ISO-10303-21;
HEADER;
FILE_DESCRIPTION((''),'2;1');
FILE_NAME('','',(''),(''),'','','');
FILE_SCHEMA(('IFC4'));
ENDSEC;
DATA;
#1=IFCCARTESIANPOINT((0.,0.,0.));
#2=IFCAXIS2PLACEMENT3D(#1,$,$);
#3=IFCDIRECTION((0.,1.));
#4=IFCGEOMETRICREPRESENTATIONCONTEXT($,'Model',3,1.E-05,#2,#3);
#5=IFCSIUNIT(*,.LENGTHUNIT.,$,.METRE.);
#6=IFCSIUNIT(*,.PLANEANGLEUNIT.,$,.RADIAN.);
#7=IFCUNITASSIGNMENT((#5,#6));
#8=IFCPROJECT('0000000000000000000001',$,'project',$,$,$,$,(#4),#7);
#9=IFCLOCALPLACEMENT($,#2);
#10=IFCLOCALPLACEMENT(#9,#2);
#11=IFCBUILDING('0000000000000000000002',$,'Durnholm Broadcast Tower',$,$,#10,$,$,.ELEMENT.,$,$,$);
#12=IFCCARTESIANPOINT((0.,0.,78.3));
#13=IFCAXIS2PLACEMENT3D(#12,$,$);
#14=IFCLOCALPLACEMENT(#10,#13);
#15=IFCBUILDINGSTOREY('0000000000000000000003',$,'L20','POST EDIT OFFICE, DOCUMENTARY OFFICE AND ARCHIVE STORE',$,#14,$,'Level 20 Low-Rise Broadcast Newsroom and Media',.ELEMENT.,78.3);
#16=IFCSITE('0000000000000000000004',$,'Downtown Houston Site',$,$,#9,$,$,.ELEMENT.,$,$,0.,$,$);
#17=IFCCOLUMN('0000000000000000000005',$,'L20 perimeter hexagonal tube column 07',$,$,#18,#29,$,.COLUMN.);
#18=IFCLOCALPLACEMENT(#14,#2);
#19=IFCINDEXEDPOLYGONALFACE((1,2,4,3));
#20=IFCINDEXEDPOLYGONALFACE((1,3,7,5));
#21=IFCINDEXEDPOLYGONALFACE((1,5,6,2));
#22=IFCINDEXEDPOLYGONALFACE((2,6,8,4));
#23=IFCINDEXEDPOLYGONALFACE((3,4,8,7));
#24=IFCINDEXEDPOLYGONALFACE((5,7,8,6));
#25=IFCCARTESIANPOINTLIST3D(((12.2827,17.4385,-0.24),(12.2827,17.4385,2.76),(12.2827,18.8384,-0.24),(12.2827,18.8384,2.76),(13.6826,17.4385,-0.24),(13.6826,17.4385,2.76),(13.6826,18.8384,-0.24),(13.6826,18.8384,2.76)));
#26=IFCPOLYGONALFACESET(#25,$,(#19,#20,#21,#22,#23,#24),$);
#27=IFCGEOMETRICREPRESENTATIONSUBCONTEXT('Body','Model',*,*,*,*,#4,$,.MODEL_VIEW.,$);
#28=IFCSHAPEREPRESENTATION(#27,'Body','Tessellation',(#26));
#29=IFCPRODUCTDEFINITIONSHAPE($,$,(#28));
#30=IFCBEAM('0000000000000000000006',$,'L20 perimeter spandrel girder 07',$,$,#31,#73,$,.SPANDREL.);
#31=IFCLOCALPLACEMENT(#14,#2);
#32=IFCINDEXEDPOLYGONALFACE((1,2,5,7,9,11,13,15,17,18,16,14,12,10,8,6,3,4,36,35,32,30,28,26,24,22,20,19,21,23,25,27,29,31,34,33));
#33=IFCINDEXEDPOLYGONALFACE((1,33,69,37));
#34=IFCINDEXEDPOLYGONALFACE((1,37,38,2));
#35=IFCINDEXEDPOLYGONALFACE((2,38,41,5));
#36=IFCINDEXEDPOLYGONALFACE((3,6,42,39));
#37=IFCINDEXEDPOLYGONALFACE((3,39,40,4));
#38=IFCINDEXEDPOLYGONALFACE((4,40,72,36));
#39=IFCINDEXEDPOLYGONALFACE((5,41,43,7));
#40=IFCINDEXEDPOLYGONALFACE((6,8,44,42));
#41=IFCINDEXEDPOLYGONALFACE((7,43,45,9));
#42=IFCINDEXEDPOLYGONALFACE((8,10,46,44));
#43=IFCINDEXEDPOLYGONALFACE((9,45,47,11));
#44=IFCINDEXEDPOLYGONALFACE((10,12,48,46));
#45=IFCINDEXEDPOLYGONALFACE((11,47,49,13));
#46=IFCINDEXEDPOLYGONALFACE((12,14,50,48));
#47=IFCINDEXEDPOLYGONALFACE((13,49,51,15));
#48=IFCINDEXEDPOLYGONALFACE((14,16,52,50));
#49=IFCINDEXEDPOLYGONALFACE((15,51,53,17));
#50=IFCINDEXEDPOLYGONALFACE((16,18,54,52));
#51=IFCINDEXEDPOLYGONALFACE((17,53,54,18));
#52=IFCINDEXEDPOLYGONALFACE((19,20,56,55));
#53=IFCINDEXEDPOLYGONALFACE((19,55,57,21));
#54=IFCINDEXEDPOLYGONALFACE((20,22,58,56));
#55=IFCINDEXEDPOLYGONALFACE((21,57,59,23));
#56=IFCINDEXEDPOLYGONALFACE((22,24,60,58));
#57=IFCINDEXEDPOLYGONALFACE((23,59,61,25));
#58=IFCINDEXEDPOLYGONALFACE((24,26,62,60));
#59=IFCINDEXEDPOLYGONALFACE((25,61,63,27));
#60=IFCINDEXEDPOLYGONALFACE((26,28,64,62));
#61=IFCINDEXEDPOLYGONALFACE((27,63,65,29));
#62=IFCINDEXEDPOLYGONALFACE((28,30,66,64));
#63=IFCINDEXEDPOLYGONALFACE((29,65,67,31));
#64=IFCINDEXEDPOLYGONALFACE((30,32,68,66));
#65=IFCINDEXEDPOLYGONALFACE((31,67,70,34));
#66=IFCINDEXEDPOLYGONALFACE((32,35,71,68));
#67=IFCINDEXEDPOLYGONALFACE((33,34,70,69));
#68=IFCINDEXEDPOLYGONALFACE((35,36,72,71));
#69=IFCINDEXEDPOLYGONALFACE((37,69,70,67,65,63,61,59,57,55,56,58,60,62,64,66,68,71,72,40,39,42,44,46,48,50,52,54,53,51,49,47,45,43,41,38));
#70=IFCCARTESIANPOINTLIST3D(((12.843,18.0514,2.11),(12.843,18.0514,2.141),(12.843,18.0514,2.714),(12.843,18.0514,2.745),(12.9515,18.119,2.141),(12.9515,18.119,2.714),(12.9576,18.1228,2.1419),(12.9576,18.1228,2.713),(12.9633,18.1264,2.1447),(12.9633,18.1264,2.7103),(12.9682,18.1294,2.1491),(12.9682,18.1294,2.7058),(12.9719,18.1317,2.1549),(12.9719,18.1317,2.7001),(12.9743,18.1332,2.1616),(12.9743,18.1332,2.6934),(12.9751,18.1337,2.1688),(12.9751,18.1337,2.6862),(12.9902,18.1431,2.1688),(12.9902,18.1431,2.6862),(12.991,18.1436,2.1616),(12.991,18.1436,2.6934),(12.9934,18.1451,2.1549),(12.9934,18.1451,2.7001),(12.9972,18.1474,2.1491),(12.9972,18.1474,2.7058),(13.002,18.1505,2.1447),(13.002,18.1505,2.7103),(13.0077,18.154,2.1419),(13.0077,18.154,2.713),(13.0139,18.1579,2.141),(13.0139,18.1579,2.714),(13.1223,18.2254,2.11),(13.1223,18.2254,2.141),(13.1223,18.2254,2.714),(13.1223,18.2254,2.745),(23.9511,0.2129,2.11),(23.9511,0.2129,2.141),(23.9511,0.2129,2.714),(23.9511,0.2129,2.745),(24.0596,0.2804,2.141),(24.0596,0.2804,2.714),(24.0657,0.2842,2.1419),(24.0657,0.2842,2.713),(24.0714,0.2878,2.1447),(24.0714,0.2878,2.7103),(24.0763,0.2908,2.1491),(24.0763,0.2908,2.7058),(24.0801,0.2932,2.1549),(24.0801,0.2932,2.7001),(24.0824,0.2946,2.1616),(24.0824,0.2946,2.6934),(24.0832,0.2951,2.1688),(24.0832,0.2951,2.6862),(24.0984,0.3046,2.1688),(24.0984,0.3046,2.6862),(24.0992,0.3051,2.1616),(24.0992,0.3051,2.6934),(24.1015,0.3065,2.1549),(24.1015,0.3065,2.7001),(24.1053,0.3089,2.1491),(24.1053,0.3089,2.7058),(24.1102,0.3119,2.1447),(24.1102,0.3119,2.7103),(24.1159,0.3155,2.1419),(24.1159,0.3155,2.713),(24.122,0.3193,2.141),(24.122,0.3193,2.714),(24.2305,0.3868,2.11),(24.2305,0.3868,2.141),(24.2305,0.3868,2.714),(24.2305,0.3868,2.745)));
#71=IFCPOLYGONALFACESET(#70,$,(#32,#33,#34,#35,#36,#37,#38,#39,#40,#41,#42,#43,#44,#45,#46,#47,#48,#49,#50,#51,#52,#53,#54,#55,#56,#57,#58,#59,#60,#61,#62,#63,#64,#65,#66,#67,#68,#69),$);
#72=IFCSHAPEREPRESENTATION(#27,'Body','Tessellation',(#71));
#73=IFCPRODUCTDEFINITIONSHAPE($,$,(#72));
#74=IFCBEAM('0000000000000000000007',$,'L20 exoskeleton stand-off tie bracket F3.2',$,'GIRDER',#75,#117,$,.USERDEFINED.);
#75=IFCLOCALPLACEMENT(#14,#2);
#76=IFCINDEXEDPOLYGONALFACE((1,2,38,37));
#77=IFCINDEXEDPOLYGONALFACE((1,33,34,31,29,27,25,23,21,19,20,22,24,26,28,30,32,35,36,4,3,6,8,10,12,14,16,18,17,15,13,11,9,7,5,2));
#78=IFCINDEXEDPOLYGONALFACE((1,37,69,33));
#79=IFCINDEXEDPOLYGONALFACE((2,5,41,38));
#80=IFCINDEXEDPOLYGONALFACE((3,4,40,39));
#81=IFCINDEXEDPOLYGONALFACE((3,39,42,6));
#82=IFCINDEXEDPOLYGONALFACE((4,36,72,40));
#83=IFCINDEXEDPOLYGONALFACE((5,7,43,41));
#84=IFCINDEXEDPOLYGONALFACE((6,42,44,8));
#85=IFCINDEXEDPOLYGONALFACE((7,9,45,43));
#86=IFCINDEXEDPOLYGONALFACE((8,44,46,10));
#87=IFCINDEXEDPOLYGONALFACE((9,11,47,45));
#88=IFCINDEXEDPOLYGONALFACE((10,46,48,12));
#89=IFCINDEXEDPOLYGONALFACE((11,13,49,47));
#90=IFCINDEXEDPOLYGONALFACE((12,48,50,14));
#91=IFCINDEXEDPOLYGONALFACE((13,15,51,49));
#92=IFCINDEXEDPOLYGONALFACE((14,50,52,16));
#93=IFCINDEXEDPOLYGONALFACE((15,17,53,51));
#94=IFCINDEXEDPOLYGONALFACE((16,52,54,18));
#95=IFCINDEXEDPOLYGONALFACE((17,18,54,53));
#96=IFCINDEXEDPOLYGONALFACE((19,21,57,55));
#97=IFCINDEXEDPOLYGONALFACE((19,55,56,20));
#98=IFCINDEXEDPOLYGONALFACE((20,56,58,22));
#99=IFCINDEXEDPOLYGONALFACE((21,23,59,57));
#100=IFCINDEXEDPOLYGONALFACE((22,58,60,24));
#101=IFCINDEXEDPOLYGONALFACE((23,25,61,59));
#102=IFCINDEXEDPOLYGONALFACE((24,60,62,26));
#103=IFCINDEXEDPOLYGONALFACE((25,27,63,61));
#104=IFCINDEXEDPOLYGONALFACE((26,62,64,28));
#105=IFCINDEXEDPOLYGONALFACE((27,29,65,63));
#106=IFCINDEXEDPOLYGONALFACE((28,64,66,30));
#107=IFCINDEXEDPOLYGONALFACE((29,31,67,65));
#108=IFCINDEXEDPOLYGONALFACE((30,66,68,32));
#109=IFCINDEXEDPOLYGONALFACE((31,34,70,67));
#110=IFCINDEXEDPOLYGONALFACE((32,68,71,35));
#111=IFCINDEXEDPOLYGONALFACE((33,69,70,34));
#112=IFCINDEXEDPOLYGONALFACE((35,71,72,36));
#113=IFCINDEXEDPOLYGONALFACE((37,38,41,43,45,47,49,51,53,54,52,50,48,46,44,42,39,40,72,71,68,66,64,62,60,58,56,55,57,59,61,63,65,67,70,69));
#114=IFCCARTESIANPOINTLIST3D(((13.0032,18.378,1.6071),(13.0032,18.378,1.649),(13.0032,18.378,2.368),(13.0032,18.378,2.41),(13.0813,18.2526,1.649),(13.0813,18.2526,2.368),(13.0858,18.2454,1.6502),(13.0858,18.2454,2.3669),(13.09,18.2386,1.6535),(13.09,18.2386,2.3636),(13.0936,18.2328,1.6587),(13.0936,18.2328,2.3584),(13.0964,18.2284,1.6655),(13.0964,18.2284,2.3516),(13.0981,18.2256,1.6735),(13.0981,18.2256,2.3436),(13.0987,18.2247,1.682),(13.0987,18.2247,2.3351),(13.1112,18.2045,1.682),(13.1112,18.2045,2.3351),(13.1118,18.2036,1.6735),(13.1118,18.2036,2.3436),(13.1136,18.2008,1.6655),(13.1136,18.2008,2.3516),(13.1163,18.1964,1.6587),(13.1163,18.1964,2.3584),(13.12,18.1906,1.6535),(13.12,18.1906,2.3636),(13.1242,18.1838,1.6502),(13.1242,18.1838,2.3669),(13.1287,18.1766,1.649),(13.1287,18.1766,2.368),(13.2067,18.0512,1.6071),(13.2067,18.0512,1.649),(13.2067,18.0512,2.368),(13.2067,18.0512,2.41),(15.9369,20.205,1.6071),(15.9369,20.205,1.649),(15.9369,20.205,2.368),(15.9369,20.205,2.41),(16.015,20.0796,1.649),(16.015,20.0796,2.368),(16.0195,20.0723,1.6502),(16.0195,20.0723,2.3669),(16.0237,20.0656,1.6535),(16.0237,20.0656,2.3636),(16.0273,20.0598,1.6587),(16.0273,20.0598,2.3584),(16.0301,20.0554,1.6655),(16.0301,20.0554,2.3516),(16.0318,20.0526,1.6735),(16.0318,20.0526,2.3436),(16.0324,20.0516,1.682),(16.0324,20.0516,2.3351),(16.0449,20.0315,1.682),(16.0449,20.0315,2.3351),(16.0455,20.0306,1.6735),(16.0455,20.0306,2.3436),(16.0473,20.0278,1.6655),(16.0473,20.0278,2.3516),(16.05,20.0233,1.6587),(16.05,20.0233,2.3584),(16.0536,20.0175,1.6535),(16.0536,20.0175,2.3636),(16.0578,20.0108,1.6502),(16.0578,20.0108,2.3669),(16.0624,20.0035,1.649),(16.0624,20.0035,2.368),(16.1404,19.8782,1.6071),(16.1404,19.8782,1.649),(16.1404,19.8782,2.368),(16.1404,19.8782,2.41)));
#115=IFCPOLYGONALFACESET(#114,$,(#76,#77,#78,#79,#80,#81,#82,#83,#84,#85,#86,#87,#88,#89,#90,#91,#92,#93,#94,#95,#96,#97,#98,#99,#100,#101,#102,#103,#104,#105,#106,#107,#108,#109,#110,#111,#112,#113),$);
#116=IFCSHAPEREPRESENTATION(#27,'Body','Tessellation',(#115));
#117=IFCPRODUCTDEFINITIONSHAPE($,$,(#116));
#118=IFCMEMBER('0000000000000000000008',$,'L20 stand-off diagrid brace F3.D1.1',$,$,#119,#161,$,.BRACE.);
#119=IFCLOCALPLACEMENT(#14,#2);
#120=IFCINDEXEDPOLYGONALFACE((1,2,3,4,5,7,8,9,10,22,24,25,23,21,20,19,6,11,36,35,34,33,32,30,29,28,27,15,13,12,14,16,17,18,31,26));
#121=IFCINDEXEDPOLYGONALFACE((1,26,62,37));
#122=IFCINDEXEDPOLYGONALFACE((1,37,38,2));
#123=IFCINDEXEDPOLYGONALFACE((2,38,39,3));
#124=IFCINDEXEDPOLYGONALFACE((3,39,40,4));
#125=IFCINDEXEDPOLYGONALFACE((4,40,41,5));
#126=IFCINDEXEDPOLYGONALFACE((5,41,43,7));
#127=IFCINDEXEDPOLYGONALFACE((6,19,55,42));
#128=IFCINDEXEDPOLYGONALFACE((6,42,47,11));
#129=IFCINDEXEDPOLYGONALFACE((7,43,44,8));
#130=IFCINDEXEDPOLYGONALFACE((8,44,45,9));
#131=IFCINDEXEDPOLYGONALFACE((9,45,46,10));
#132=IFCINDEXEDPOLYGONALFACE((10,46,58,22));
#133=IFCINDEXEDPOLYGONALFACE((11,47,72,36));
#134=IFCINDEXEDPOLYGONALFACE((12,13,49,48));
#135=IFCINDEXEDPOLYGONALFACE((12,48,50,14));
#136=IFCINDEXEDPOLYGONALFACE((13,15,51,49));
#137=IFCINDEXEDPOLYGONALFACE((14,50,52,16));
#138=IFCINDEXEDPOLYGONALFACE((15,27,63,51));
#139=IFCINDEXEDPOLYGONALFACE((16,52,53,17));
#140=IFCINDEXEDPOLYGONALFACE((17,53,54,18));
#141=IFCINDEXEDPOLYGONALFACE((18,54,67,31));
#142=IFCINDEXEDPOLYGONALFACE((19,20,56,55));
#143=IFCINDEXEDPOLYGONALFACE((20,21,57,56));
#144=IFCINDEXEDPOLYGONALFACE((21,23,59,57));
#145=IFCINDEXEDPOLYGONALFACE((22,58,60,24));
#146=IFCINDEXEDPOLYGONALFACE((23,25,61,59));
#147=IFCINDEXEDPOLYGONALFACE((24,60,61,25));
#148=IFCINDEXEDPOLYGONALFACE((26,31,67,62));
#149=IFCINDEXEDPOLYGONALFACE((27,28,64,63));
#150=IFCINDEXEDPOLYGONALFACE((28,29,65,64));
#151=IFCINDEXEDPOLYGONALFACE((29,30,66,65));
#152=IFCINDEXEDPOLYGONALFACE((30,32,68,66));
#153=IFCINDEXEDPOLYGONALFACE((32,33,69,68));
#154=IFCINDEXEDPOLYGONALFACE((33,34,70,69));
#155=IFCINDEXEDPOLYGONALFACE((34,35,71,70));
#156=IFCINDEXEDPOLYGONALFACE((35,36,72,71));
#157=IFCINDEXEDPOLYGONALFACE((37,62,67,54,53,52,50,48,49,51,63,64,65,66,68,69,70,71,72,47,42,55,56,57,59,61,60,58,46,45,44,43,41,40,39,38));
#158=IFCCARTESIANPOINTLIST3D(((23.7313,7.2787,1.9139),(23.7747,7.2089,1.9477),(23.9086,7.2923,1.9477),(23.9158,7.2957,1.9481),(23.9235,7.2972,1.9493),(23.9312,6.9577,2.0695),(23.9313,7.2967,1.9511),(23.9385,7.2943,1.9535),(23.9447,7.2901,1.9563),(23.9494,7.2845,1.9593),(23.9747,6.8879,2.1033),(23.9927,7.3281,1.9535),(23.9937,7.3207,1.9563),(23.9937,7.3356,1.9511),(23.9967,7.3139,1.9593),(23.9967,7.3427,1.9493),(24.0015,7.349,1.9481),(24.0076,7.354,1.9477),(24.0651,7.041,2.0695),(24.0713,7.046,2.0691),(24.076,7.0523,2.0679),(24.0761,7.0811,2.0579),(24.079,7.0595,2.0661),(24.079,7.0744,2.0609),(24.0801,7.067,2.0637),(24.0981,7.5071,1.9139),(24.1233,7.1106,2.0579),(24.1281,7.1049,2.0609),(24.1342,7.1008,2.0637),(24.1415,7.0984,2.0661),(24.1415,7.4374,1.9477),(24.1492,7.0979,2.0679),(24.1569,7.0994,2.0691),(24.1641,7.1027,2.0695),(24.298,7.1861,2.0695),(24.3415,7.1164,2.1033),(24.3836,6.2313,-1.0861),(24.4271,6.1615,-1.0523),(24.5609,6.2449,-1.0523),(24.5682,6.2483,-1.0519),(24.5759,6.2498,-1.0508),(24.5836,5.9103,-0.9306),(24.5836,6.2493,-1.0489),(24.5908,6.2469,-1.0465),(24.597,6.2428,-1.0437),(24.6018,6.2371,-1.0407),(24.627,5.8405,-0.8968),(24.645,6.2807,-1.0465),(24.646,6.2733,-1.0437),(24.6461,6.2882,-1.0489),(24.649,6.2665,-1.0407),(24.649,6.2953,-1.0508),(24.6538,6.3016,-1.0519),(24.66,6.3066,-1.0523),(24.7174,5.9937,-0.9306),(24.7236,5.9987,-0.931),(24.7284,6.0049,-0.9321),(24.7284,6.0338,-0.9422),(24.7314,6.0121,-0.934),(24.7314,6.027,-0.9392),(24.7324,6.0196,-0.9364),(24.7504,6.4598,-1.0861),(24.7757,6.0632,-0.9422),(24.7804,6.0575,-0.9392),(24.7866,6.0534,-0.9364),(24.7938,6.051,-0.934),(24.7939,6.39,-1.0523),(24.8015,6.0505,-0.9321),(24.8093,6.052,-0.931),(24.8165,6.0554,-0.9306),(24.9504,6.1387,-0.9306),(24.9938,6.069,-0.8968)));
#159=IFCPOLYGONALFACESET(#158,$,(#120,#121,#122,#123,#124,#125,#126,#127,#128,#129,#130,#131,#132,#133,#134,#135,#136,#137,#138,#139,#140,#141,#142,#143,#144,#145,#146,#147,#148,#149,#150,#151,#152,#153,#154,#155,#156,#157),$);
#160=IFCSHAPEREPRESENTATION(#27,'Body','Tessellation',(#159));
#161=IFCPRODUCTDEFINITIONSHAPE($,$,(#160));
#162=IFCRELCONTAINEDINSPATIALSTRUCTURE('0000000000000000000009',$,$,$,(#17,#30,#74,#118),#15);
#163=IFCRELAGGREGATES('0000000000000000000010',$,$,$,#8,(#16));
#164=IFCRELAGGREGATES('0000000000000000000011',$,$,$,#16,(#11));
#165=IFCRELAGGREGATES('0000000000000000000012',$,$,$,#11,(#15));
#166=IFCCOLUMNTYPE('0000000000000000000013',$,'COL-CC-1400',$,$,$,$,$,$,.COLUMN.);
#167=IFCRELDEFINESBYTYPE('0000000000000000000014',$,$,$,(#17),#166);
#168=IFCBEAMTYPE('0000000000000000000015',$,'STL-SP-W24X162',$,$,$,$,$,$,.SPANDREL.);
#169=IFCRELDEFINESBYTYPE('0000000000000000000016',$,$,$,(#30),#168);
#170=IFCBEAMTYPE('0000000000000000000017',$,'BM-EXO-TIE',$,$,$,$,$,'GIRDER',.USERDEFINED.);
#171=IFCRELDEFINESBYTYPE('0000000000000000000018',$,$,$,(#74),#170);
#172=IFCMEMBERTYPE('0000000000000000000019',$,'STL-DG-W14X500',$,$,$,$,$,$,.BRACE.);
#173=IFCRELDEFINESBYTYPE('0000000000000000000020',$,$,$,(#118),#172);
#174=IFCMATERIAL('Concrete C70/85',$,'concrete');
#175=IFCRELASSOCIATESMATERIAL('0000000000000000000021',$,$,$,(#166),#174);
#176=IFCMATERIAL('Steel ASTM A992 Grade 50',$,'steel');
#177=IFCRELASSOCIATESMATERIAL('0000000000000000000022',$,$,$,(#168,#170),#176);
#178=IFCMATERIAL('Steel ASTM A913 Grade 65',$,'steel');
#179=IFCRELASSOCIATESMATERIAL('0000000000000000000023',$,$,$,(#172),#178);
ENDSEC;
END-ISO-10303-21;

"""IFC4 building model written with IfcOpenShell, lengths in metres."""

from ifc_helpers import new_model, si_unit, direction, frame, origin, origin_2d, place, context, subcontext, project, spatial, rectangle, i_section, extrude, source, transform, mapped, material, material_profile, profile_set, type_object, type_shapes, element, save


model = new_model("IFC4")

# Units and contexts
model_context = context("Model", 3, precision=1e-05, world=origin(), true_north=direction((0.0, 1.0)))
body_context = subcontext(model_context, "Body", "Model", "MODEL_VIEW")
ifc_project = project(units=[si_unit("LENGTHUNIT", "METRE"), si_unit("PLANEANGLEUNIT", "RADIAN")], contexts=[model_context])

# Site, building, storey
site_placement = place(None, origin())
site = spatial("IfcSite", under=ifc_project, at=site_placement, Name="Downtown Houston Site", CompositionType="ELEMENT", RefElevation=0.0)
building_placement = place(site_placement, origin())
building = spatial("IfcBuilding", under=site, at=building_placement, Name="Durnholm Broadcast Tower", CompositionType="ELEMENT")
storey_placement = place(building_placement, frame((0.0, 0.0, 78.3)))
storey = spatial("IfcBuildingStorey", under=building, at=storey_placement, Name="L20", Description="POST EDIT OFFICE, DOCUMENTARY OFFICE AND ARCHIVE STORE", LongName="Level 20 Low-Rise Broadcast Newsroom and Media", CompositionType="ELEMENT", Elevation=78.3)

# Column
ifc_material_1 = material(Name="Concrete C70/85", Category="concrete")
ifc_material_profile_1 = material_profile(ifc_material_1, rectangle(XDim=1.3999, YDim=1.3999, at=origin_2d()), Name="RC1400X1400")
ifc_profile_set_1 = profile_set([ifc_material_profile_1], Name="Concrete C70/85")
column_type = type_object("IfcColumnType", Name="COL-CC-1400", PredefinedType="COLUMN", material=ifc_profile_set_1)
shared_shape_1 = source(origin(), body_context, "Body", "SweptSolid", [
    extrude(rectangle(XDim=1.3999, YDim=1.3999, at=origin_2d()), origin(), (0.0, 0.0, 1.0), 3.0),
])
type_shapes(column_type, [shared_shape_1])
column_placement = place(storey_placement, frame((12.9827, 18.1384, -0.24), z_axis=(0.0, 0.0, 1.0), x_axis=(1.0, 0.0, 0.0)))
element("IfcColumn", 1, at=column_placement, inside=storey, type_object=column_type, Name="L20 perimeter hexagonal tube column 07", PredefinedType="COLUMN", context=body_context, shape_type="MappedRepresentation", body=[
    mapped(shared_shape_1, transform((0.0, 0.0, 0.0), x_axis=(1.0, 0.0, 0.0), y_axis=(0.0, 1.0, 0.0), z_axis=(0.0, 0.0, 1.0), scale=1.0)),
])

# Beams
ifc_material_2 = material(Name="Steel ASTM A992 Grade 50", Category="steel")
ifc_material_profile_2 = material_profile(ifc_material_2, i_section(OverallWidth=0.3291, OverallDepth=0.635, WebThickness=0.0178, FlangeThickness=0.031, FilletRadius=0.0278, at=origin_2d()), Name="W24X162")
ifc_profile_set_2 = profile_set([ifc_material_profile_2], Name="Steel ASTM A992 Grade 50")
beam_type_1 = type_object("IfcBeamType", Name="STL-SP-W24X162", PredefinedType="SPANDREL", material=ifc_profile_set_2)
shared_shape_2 = source(origin(), body_context, "Body", "SweptSolid", [
    extrude(i_section(OverallWidth=0.3291, OverallDepth=0.635, WebThickness=0.0178, FlangeThickness=0.031, FilletRadius=0.0278, at=origin_2d()), origin(), (0.0, 0.0, 1.0), 21.0144),
])
type_shapes(beam_type_1, [shared_shape_2])
beam_1_placement = place(storey_placement, frame((12.9827, 18.1384, 2.4275), z_axis=(0.528596, -0.848874, 0.0), x_axis=(0.848874, 0.528596, 0.0)))
element("IfcBeam", 2, at=beam_1_placement, inside=storey, type_object=beam_type_1, Name="L20 perimeter spandrel girder 07", PredefinedType="SPANDREL", context=body_context, shape_type="MappedRepresentation", body=[
    mapped(shared_shape_2, transform((0.0, 0.0, 0.0), x_axis=(1.0, 0.0, 0.0), y_axis=(0.0, 1.0, 0.0), z_axis=(0.0, 0.0, 1.0), scale=1.0)),
])
ifc_material_profile_3 = material_profile(ifc_material_2, i_section(OverallWidth=0.385, OverallDepth=0.803, WebThickness=0.0237, FlangeThickness=0.042, FilletRadius=0.033, at=origin_2d()), Name="W30X261")
ifc_profile_set_3 = profile_set([ifc_material_profile_3], Name="Steel ASTM A992 Grade 50")
beam_type_2 = type_object("IfcBeamType", Name="BM-EXO-TIE", ElementType="GIRDER", PredefinedType="USERDEFINED", material=ifc_profile_set_3)
shared_shape_3 = source(origin(), body_context, "Body", "SweptSolid", [
    extrude(i_section(OverallWidth=0.385, OverallDepth=0.803, WebThickness=0.0237, FlangeThickness=0.042, FilletRadius=0.033, at=origin_2d()), origin(), (0.0, 0.0, 1.0), 3.4561),
])
type_shapes(beam_type_2, [shared_shape_3])
beam_2_placement = place(storey_placement, frame((13.105, 18.2146, 2.0085), z_axis=(0.848854, 0.528627, 0.0), x_axis=(-0.528627, 0.848854, 0.0)))
element("IfcBeam", 3, at=beam_2_placement, inside=storey, type_object=beam_type_2, Name="L20 exoskeleton stand-off tie bracket F3.2", ObjectType="GIRDER", PredefinedType="USERDEFINED", context=body_context, shape_type="MappedRepresentation", body=[
    mapped(shared_shape_3, transform((0.0, 0.0, 0.0), x_axis=(1.0, 0.0, 0.0), y_axis=(0.0, 1.0, 0.0), z_axis=(0.0, 0.0, 1.0), scale=1.0)),
])

# Member
ifc_material_3 = material(Name="Steel ASTM A913 Grade 65", Category="steel")
ifc_material_profile_4 = material_profile(ifc_material_3, i_section(OverallWidth=0.4321, OverallDepth=0.4978, WebThickness=0.0557, FlangeThickness=0.0889, FilletRadius=0.0305, at=origin_2d()), Name="W14X500")
ifc_profile_set_4 = profile_set([ifc_material_profile_4], Name="Steel ASTM A913 Grade 65")
member_type_1 = type_object("IfcMemberType", Name="STL-DG-W14X500", PredefinedType="BRACE", material=ifc_profile_set_4)
shared_shape_4 = source(origin(), body_context, "Body", "SweptSolid", [
    extrude(i_section(OverallWidth=0.4321, OverallDepth=0.4978, WebThickness=0.0557, FlangeThickness=0.0889, FilletRadius=0.0305, at=origin_2d()), origin(), (0.0, 0.0, 1.0), 3.2439),
])
type_shapes(member_type_1, [shared_shape_4])
for number, where, z_axis, x_axis, name in (
    (4, (24.6887, 6.1501, -0.9915), (-0.201102, 0.322877, 0.924829), (-0.84882, -0.528682, 0.0), "L20 stand-off diagrid brace F3.D1.1"),
):
    element("IfcMember", number, at=place(storey_placement, frame(where, z_axis=z_axis, x_axis=x_axis)), inside=storey, type_object=member_type_1, Name=name, PredefinedType="BRACE", context=body_context, shape_type="MappedRepresentation", body=[
        mapped(shared_shape_4, transform((0.0, 0.0, 0.0), x_axis=(1.0, 0.0, 0.0), y_axis=(0.0, 1.0, 0.0), z_axis=(0.0, 0.0, 1.0), scale=1.0)),
    ])

save(model, "model.ifc")
